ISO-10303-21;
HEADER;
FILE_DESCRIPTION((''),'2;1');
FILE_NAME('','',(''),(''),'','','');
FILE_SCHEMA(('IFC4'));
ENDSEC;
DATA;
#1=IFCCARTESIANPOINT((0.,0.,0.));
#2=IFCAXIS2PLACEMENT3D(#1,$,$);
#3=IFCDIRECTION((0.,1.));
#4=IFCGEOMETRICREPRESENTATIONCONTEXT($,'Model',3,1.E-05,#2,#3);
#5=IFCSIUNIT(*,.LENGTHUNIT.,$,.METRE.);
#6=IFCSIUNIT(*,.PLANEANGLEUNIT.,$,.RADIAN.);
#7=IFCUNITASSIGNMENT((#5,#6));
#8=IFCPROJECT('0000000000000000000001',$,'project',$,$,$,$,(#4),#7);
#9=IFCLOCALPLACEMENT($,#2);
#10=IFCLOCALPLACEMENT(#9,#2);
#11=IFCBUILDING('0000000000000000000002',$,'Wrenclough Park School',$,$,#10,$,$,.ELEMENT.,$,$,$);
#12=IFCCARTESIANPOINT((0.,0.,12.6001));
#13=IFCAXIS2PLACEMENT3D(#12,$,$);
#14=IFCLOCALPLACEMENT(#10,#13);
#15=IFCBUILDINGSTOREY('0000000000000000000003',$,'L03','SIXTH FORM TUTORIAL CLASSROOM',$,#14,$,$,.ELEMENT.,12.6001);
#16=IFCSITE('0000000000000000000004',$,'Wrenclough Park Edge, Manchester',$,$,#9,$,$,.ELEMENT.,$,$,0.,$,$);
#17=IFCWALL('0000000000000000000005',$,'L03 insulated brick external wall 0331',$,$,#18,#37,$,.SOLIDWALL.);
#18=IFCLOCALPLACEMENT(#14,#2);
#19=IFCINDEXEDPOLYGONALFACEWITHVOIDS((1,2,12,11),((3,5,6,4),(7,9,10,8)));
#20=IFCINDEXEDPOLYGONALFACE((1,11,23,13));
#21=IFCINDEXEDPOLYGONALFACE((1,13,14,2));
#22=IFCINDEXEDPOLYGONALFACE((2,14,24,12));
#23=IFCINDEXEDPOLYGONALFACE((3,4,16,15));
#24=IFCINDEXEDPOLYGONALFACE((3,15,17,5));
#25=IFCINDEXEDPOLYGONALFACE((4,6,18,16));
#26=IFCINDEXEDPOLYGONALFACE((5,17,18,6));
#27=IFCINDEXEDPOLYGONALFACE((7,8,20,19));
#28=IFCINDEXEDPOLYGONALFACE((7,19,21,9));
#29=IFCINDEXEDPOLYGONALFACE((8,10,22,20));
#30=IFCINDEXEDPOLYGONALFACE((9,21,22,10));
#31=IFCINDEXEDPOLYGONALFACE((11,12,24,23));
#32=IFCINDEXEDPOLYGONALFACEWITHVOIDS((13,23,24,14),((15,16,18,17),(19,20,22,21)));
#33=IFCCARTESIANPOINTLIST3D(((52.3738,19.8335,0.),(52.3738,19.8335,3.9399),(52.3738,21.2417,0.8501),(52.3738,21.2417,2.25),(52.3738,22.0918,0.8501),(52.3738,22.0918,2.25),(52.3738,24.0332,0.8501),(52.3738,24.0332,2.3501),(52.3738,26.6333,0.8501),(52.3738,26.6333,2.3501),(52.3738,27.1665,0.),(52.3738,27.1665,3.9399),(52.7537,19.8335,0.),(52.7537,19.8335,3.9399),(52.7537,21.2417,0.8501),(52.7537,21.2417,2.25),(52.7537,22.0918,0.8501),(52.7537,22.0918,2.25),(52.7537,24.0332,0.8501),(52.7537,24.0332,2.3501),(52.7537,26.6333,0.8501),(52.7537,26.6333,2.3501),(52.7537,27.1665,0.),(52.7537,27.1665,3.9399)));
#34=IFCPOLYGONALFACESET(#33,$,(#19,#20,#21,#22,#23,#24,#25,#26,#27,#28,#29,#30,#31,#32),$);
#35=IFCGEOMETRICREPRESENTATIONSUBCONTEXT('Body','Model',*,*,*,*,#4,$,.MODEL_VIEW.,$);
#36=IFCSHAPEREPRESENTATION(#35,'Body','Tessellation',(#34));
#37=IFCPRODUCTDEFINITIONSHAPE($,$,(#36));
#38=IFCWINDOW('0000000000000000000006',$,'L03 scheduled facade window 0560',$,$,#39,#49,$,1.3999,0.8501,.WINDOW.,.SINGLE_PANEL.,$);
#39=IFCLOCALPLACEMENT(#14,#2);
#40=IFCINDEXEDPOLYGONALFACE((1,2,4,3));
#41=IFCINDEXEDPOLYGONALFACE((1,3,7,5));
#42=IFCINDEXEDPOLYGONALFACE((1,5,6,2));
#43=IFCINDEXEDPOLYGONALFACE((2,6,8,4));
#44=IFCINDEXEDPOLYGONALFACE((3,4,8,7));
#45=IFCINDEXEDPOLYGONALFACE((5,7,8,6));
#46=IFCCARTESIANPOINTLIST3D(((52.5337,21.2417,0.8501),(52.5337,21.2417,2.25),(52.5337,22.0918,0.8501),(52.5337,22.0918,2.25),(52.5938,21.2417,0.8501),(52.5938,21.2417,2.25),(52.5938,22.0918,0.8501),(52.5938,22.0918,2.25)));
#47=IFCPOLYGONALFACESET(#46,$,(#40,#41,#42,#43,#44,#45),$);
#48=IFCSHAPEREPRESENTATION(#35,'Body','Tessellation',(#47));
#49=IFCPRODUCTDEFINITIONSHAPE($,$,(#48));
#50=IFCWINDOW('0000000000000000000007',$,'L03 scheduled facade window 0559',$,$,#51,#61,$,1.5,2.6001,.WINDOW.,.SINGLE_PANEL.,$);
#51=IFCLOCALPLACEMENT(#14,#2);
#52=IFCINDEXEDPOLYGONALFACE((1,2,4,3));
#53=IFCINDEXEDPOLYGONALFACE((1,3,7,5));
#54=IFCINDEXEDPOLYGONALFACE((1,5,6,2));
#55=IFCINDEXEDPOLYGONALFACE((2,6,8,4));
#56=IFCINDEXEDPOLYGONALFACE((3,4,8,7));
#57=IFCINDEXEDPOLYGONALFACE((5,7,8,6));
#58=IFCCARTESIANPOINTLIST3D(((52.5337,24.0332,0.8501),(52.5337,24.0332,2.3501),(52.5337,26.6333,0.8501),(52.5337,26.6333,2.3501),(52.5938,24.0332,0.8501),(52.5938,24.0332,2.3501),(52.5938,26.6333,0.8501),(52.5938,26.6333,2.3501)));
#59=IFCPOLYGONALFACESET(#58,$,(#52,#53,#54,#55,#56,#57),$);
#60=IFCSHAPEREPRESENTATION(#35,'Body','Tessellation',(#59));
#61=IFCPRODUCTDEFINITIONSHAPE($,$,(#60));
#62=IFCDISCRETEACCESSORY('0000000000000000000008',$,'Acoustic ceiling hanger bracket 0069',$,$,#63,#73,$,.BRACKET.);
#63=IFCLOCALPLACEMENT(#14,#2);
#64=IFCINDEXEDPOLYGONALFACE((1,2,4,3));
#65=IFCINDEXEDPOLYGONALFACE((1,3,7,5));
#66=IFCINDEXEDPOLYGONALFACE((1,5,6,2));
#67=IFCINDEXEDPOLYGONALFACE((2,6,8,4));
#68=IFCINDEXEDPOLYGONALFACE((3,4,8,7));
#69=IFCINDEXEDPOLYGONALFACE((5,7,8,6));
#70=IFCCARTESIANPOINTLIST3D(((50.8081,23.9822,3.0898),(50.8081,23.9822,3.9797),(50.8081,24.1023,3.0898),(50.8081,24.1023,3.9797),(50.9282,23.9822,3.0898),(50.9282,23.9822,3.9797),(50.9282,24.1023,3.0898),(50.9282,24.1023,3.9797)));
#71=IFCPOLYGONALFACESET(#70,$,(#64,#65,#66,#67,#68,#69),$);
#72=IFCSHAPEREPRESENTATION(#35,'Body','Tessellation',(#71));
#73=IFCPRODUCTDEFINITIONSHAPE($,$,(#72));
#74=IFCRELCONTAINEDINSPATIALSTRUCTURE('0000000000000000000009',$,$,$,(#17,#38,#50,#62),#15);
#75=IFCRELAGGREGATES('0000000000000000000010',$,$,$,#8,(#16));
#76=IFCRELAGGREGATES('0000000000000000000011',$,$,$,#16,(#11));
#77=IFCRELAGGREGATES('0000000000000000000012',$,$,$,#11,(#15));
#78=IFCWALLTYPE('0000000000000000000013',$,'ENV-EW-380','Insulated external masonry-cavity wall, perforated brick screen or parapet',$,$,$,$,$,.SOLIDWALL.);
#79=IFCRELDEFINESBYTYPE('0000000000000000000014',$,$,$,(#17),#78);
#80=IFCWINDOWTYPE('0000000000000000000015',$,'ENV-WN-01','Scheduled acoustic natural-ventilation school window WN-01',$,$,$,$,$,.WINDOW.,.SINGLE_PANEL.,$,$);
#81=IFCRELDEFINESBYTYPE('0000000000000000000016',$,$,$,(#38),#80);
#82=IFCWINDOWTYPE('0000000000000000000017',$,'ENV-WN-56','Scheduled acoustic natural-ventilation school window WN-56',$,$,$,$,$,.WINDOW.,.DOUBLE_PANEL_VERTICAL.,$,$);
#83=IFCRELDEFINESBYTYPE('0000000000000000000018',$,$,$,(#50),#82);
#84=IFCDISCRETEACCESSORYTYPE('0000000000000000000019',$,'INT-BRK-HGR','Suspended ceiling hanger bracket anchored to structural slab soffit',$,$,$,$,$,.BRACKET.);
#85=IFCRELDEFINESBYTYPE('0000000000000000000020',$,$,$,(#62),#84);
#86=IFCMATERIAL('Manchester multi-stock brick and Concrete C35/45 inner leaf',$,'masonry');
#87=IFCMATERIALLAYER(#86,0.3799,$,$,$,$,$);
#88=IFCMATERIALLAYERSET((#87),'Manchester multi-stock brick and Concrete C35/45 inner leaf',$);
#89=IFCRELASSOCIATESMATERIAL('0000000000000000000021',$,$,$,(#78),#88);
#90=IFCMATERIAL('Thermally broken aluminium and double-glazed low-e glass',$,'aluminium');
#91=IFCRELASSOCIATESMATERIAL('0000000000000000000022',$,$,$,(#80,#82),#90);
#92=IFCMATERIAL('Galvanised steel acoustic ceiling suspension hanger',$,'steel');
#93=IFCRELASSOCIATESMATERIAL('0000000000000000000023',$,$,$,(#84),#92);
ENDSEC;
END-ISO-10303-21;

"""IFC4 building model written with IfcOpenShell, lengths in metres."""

from ifc_helpers import new_model, si_unit, direction, frame, frame_2d, origin, origin_2d, place, context, subcontext, project, spatial, rectangle, extrude, material, layer, layer_set, type_object, element, fill, save


model = new_model("IFC4")

# Units and contexts
model_context = context("Model", 3, precision=1e-05, world=origin(), true_north=direction((0.0, 1.0)))
body_context = subcontext(model_context, "Body", "Model", "MODEL_VIEW")
ifc_project = project(units=[si_unit("LENGTHUNIT", "METRE"), si_unit("PLANEANGLEUNIT", "RADIAN")], contexts=[model_context])

# Site, building, storey
site_placement = place(None, origin())
site = spatial("IfcSite", under=ifc_project, at=site_placement, Name="Wrenclough Park Edge, Manchester", CompositionType="ELEMENT", RefElevation=0.0)
building_placement = place(site_placement, origin())
building = spatial("IfcBuilding", under=site, at=building_placement, Name="Wrenclough Park School", CompositionType="ELEMENT")
storey_placement = place(building_placement, frame((0.0, 0.0, 12.6001)))
storey = spatial("IfcBuildingStorey", under=building, at=storey_placement, Name="L03", Description="SIXTH FORM TUTORIAL CLASSROOM", CompositionType="ELEMENT", Elevation=12.6001)

# Wall, openings, windows
ifc_material_1 = material(Name="Thermally broken aluminium and double-glazed low-e glass", Category="aluminium")
ifc_material_2 = material(Name="Manchester multi-stock brick and Concrete C35/45 inner leaf", Category="masonry")
ifc_layer_1 = layer(ifc_material_2, 0.3799)
ifc_layer_set_1 = layer_set([ifc_layer_1], Name="Manchester multi-stock brick and Concrete C35/45 inner leaf")
wall_type_1 = type_object("IfcWallType", Name="ENV-EW-380", Description="Insulated external masonry-cavity wall, perforated brick screen or parapet", PredefinedType="SOLIDWALL", material=ifc_layer_set_1)
wall_1_placement = place(storey_placement, frame((52.5637, 27.1665, 0.0), z_axis=(0.0, 0.0, 1.0), x_axis=(0.0, -1.0, 0.0)))
wall_1 = element("IfcWall", 1, at=wall_1_placement, inside=storey, type_object=wall_type_1, Name="L03 insulated brick external wall 0331", PredefinedType="SOLIDWALL", context=body_context, shape_type="SweptSolid", body=[
    extrude(rectangle(XDim=7.333, YDim=0.3799, at=frame_2d((3.6665, 0.0))), origin(), (0.0, 0.0, 1.0), 3.9399),
])
opening_1_placement = place(wall_1_placement, frame((0.5332, 0.0, 0.8501)))
opening_1 = element("IfcOpeningElement", 2, at=opening_1_placement, cuts=wall_1, PredefinedType="OPENING", context=body_context, shape_type="SweptSolid", body=[
    extrude(rectangle(XDim=2.6001, YDim=1.5, at=frame_2d((1.3, 0.75))), frame((0.0, 0.2, 0.0), z_axis=(0.0, -1.0, 0.0), x_axis=(1.0, 0.0, 0.0)), (0.0, 0.0, 1.0), 0.3999),
])
opening_2_placement = place(wall_1_placement, frame((5.0747, 0.0, 0.8501)))
opening_2 = element("IfcOpeningElement", 3, at=opening_2_placement, cuts=wall_1, PredefinedType="OPENING", context=body_context, shape_type="SweptSolid", body=[
    extrude(rectangle(XDim=0.8501, YDim=1.3999, at=frame_2d((0.425, 0.7))), frame((0.0, 0.2, 0.0), z_axis=(0.0, -1.0, 0.0), x_axis=(1.0, 0.0, 0.0)), (0.0, 0.0, 1.0), 0.3999),
])
window_type_1 = type_object("IfcWindowType", Name="ENV-WN-01", Description="Scheduled acoustic natural-ventilation school window WN-01", PartitioningType="SINGLE_PANEL", PredefinedType="WINDOW", material=ifc_material_1)
window_1_placement = place(opening_2_placement, origin())
window_1 = element("IfcWindow", 4, at=window_1_placement, inside=storey, type_object=window_type_1, Name="L03 scheduled facade window 0560", OverallHeight=1.3999, OverallWidth=0.8501, PartitioningType="SINGLE_PANEL", PredefinedType="WINDOW", context=body_context, shape_type="SweptSolid", body=[
    extrude(rectangle(XDim=0.8501, YDim=1.3999, at=frame_2d((0.425, 0.7))), frame((0.0, 0.03, 0.0), z_axis=(0.0, -1.0, 0.0), x_axis=(1.0, 0.0, 0.0)), (0.0, 0.0, 1.0), 0.0601),
])
fill(opening_2, window_1)
window_type_2 = type_object("IfcWindowType", Name="ENV-WN-56", Description="Scheduled acoustic natural-ventilation school window WN-56", PartitioningType="DOUBLE_PANEL_VERTICAL", PredefinedType="WINDOW", material=ifc_material_1)
window_2_placement = place(opening_1_placement, origin())
window_2 = element("IfcWindow", 5, at=window_2_placement, inside=storey, type_object=window_type_2, Name="L03 scheduled facade window 0559", OverallHeight=1.5, OverallWidth=2.6001, PartitioningType="SINGLE_PANEL", PredefinedType="WINDOW", context=body_context, shape_type="SweptSolid", body=[
    extrude(rectangle(XDim=2.6001, YDim=1.5, at=frame_2d((1.3, 0.75))), frame((0.0, 0.03, 0.0), z_axis=(0.0, -1.0, 0.0), x_axis=(1.0, 0.0, 0.0)), (0.0, 0.0, 1.0), 0.0601),
])
fill(opening_1, window_2)

# Discrete accessory
ifc_material_3 = material(Name="Galvanised steel acoustic ceiling suspension hanger", Category="steel")
discrete_accessory_type = type_object("IfcDiscreteAccessoryType", Name="INT-BRK-HGR", Description="Suspended ceiling hanger bracket anchored to structural slab soffit", PredefinedType="BRACKET", material=ifc_material_3)
discrete_accessory_placement = place(storey_placement, frame((50.8682, 24.0422, 3.0898), z_axis=(0.0, 0.0, 1.0), x_axis=(1.0, 0.0, 0.0)))
element("IfcDiscreteAccessory", 6, at=discrete_accessory_placement, inside=storey, type_object=discrete_accessory_type, Name="Acoustic ceiling hanger bracket 0069", PredefinedType="BRACKET", context=body_context, shape_type="SweptSolid", body=[
    extrude(rectangle(XDim=0.1201, YDim=0.1201, at=origin_2d()), origin(), (0.0, 0.0, 1.0), 0.8899),
])

save(model, "model.ifc")
